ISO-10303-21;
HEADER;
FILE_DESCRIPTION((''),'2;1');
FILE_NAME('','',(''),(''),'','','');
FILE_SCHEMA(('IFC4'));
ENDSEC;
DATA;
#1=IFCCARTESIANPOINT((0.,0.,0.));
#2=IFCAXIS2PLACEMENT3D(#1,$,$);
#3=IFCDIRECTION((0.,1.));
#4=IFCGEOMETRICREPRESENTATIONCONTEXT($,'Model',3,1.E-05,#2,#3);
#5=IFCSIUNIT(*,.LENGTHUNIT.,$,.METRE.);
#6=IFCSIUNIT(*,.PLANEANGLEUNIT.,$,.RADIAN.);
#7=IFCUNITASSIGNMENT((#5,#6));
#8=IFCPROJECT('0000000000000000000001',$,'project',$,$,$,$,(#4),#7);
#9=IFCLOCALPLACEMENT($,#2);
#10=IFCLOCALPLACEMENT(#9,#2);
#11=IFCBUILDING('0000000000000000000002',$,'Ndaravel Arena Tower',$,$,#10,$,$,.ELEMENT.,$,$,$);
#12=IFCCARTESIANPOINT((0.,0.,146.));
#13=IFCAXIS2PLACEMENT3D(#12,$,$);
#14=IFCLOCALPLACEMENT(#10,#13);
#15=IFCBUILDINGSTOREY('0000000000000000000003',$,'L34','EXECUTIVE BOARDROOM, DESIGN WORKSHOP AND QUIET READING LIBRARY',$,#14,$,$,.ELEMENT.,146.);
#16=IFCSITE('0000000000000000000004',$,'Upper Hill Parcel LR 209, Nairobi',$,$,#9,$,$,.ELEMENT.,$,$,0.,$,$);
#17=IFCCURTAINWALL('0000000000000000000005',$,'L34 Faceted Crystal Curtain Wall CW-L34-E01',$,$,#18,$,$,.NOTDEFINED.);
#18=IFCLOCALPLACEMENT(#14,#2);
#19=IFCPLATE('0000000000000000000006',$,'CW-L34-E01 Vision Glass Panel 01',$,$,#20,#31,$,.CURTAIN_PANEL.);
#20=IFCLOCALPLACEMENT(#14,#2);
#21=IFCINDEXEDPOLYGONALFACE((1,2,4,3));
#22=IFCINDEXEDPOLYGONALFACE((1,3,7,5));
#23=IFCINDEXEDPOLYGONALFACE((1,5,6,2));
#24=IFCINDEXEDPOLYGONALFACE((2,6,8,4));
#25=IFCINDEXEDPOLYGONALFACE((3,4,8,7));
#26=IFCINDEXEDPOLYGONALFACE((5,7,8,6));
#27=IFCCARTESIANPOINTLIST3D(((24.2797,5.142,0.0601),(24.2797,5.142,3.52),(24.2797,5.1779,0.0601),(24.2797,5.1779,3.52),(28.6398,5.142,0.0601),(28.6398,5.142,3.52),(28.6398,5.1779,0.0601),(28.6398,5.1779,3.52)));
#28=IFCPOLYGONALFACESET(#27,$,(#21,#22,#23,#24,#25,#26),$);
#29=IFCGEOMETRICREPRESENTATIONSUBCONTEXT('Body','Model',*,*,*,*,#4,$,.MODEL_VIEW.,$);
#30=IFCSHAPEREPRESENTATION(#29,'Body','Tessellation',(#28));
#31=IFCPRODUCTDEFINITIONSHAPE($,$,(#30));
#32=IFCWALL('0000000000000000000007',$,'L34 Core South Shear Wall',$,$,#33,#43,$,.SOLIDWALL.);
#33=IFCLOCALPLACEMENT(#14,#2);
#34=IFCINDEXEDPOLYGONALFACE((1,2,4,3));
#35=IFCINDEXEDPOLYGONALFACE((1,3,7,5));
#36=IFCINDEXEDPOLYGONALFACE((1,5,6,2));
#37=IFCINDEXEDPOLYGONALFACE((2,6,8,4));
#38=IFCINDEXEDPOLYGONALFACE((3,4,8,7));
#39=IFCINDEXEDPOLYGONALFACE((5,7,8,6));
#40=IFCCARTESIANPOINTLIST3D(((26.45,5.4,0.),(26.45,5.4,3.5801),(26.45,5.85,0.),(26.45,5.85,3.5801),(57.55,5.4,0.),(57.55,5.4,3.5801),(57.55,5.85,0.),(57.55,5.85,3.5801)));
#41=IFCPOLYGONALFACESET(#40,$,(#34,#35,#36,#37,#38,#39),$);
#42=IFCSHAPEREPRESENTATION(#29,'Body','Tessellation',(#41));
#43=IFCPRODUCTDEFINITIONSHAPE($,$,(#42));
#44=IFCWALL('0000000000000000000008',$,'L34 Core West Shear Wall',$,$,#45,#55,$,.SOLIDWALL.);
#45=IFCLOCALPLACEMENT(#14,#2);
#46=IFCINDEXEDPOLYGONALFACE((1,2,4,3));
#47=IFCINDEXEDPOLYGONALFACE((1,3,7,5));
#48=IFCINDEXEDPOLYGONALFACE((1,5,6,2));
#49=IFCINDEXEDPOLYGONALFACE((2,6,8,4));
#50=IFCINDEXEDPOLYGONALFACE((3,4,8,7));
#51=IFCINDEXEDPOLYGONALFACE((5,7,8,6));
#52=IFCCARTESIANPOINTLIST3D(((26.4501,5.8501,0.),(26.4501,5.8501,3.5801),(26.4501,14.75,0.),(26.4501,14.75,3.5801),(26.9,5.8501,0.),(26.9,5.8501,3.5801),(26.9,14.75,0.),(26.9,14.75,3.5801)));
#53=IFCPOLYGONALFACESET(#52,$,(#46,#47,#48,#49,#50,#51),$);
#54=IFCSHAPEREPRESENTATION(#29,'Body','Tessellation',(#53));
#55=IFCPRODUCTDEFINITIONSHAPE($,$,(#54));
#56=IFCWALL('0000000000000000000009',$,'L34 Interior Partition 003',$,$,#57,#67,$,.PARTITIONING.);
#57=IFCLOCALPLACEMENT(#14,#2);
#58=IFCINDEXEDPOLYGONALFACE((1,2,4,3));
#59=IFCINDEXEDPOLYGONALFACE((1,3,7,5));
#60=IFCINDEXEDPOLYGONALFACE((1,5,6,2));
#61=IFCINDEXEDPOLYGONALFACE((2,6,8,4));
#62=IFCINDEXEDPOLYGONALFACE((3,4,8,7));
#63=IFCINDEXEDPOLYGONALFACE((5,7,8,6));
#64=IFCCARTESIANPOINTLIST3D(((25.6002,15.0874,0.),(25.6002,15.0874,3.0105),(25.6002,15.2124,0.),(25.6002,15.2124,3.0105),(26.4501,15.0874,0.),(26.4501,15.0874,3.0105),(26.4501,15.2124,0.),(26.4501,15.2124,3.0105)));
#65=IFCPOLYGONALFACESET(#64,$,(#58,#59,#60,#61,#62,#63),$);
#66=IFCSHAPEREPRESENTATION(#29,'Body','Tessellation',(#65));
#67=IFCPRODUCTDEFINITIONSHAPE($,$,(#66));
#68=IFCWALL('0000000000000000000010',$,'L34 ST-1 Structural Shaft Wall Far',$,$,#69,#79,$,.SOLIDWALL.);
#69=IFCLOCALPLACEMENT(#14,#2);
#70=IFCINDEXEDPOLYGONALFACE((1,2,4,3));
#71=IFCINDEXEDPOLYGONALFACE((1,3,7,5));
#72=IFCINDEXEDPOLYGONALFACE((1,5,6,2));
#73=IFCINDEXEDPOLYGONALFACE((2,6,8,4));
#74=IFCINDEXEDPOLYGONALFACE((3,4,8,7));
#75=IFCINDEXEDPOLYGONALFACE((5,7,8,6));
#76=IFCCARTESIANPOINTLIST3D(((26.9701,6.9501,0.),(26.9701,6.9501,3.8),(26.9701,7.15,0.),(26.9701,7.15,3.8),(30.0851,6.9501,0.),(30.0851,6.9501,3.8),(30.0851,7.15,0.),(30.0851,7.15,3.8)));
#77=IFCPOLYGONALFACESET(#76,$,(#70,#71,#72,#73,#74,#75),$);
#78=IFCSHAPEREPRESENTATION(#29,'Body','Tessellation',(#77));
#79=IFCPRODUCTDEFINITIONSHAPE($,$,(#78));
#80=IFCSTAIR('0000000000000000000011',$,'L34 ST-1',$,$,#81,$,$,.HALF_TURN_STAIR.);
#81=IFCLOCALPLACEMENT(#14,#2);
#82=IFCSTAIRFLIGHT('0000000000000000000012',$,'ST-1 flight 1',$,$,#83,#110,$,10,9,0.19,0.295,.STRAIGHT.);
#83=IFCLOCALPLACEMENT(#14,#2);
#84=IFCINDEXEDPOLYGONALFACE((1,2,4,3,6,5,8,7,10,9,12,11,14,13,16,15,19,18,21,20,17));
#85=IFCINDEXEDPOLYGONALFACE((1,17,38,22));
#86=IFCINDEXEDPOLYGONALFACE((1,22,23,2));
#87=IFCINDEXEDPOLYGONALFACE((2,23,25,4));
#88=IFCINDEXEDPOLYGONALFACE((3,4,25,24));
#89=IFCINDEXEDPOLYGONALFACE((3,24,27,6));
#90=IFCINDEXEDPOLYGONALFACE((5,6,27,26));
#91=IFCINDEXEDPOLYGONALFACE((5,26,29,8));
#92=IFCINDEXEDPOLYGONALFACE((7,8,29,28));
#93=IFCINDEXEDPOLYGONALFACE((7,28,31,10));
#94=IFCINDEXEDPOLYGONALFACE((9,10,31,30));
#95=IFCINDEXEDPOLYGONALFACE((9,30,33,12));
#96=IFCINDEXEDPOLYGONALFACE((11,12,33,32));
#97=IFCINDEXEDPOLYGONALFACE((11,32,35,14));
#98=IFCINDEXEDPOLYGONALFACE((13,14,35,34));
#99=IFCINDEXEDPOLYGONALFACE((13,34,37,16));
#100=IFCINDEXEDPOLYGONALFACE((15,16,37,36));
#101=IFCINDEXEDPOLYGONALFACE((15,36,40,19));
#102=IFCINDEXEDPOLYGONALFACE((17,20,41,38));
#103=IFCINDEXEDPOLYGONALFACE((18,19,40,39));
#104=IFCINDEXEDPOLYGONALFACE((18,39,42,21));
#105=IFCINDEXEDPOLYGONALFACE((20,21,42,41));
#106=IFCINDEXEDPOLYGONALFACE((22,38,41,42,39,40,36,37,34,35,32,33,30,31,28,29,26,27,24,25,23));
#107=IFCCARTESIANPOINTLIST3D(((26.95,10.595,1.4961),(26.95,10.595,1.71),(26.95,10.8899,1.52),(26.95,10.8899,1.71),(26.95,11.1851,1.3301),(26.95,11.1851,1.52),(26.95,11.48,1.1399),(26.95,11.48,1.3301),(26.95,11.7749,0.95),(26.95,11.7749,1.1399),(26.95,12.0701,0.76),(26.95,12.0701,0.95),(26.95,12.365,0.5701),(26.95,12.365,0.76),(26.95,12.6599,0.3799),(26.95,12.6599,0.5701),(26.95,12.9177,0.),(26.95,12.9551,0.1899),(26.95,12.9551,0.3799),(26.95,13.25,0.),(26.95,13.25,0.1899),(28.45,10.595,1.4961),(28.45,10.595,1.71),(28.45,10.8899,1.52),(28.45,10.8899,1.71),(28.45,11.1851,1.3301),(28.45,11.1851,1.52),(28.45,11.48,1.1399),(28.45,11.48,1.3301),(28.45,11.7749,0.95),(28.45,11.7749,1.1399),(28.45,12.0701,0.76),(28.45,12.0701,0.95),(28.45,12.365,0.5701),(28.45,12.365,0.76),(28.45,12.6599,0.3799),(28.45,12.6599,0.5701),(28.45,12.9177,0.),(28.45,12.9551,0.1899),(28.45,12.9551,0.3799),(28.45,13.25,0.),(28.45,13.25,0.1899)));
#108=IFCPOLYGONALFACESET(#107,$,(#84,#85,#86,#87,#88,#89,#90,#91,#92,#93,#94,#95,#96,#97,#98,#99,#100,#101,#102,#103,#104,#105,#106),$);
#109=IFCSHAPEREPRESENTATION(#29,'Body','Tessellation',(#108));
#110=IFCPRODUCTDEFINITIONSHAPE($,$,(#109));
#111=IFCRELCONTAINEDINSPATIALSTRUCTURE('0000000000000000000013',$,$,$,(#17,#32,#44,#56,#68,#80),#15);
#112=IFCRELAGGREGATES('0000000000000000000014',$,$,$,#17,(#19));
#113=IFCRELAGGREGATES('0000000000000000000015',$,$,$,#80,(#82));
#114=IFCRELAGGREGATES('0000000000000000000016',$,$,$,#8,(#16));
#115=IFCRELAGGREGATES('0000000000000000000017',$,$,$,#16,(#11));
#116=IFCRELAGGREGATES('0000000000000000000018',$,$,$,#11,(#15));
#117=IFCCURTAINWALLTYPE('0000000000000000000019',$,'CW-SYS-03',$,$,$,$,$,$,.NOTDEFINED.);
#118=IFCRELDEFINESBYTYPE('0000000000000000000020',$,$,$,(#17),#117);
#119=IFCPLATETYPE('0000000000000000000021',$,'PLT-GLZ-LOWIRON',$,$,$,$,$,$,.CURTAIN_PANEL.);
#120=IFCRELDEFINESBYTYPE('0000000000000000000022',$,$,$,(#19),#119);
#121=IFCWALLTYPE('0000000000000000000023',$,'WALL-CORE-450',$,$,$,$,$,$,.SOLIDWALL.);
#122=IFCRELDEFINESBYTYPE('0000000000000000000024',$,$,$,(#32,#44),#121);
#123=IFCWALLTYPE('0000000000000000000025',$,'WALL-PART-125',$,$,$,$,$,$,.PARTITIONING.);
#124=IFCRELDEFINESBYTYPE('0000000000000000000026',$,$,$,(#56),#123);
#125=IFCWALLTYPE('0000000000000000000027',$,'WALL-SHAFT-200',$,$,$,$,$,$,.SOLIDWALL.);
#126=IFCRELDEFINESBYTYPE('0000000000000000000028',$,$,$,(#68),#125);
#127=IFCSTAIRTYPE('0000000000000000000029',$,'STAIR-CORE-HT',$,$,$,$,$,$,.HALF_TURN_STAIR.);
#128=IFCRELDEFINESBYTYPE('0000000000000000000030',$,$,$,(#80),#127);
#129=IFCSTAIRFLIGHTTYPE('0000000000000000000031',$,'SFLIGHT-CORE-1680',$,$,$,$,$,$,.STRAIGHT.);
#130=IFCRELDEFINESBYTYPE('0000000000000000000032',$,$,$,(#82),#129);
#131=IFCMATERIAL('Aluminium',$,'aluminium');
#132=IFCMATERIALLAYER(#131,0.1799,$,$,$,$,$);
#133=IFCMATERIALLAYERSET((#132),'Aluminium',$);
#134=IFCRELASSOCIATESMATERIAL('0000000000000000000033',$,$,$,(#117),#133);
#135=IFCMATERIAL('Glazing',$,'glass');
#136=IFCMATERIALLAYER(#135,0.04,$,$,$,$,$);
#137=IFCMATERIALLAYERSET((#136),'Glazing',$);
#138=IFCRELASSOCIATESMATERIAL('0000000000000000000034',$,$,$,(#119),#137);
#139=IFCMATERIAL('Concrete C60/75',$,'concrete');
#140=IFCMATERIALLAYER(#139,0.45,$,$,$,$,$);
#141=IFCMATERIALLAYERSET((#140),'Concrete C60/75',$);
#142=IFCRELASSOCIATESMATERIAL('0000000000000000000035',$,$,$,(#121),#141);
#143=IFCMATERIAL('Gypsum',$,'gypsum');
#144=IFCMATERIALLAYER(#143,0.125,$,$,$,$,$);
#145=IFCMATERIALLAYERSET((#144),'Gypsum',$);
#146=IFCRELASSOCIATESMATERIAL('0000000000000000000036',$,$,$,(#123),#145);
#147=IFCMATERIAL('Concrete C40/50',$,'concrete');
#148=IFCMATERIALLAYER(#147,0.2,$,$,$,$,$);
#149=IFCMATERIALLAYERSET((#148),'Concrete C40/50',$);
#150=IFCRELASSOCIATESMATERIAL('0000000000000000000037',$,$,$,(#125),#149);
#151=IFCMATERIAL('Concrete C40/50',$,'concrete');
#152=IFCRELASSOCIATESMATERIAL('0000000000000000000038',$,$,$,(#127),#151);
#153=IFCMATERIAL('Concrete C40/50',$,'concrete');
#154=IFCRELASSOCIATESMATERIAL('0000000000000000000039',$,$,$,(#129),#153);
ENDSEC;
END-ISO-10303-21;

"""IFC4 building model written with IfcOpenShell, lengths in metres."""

from ifc_helpers import new_model, si_unit, direction, frame, frame_2d, origin, origin_2d, place, context, subcontext, project, spatial, polyline, rectangle, outline, extrude, material, layer, layer_set, type_object, element, aggregate, save


model = new_model("IFC4")

# Units and contexts
model_context = context("Model", 3, precision=1e-05, world=origin(), true_north=direction((0.0, 1.0)))
body_context = subcontext(model_context, "Body", "Model", "MODEL_VIEW")
ifc_project = project(units=[si_unit("LENGTHUNIT", "METRE"), si_unit("PLANEANGLEUNIT", "RADIAN")], contexts=[model_context])

# Site, building, storey
site_placement = place(None, origin())
site = spatial("IfcSite", under=ifc_project, at=site_placement, Name="Upper Hill Parcel LR 209, Nairobi", CompositionType="ELEMENT", RefElevation=0.0)
building_placement = place(site_placement, origin())
building = spatial("IfcBuilding", under=site, at=building_placement, Name="Ndaravel Arena Tower", CompositionType="ELEMENT")
storey_placement = place(building_placement, frame((0.0, 0.0, 146.0)))
storey = spatial("IfcBuildingStorey", under=building, at=storey_placement, Name="L34", Description="EXECUTIVE BOARDROOM, DESIGN WORKSHOP AND QUIET READING LIBRARY", CompositionType="ELEMENT", Elevation=146.0)

# Curtain wall
ifc_material_1 = material(Name="Aluminium", Category="aluminium")
ifc_layer_1 = layer(ifc_material_1, 0.1799)
ifc_layer_set_1 = layer_set([ifc_layer_1], Name="Aluminium")
curtain_wall_type_1 = type_object("IfcCurtainWallType", Name="CW-SYS-03", PredefinedType="NOTDEFINED", material=ifc_layer_set_1)
curtain_wall_1_placement = place(storey_placement, origin())
curtain_wall_1 = element("IfcCurtainWall", 1, at=curtain_wall_1_placement, inside=storey, type_object=curtain_wall_type_1, Name="L34 Faceted Crystal Curtain Wall CW-L34-E01", PredefinedType="NOTDEFINED")

# Plate
ifc_material_2 = material(Name="Glazing", Category="glass")
ifc_layer_2 = layer(ifc_material_2, 0.04)
ifc_layer_set_2 = layer_set([ifc_layer_2], Name="Glazing")
plate_type_1 = type_object("IfcPlateType", Name="PLT-GLZ-LOWIRON", PredefinedType="CURTAIN_PANEL", material=ifc_layer_set_2)
plate_1_placement = place(storey_placement, frame((26.4597, 5.1599, 0.0601), z_axis=(0.0, 0.0, 1.0), x_axis=(1.0, 0.0, 0.0)))
plate_1 = element("IfcPlate", 2, at=plate_1_placement, type_object=plate_type_1, Name="CW-L34-E01 Vision Glass Panel 01", PredefinedType="CURTAIN_PANEL", context=body_context, shape_type="SweptSolid", body=[
    extrude(rectangle(XDim=4.3601, YDim=0.0359, at=origin_2d()), origin(), (0.0, 0.0, 1.0), 3.46),
])
aggregate(curtain_wall_1, [plate_1])

# Shared definitions
ifc_material_3 = material(Name="Concrete C60/75", Category="concrete")
ifc_layer_3 = layer(ifc_material_3, 0.45)
ifc_layer_set_3 = layer_set([ifc_layer_3], Name="Concrete C60/75")
wall_type_1 = type_object("IfcWallType", Name="WALL-CORE-450", PredefinedType="SOLIDWALL", material=ifc_layer_set_3)

# Walls
wall_1_placement = place(storey_placement, frame((26.45, 5.625, 0.0), z_axis=(0.0, 0.0, 1.0), x_axis=(1.0, 0.0, 0.0)))
element("IfcWall", 3, at=wall_1_placement, inside=storey, type_object=wall_type_1, Name="L34 Core South Shear Wall", PredefinedType="SOLIDWALL", context=body_context, shape_type="SweptSolid", body=[
    extrude(rectangle(XDim=31.1001, YDim=0.45, at=frame_2d((15.55, 0.0))), origin(), (0.0, 0.0, 1.0), 3.5801),
])
wall_2_placement = place(storey_placement, frame((26.675, 5.8501, 0.0), z_axis=(0.0, 0.0, 1.0), x_axis=(0.0, 1.0, 0.0)))
element("IfcWall", 4, at=wall_2_placement, inside=storey, type_object=wall_type_1, Name="L34 Core West Shear Wall", PredefinedType="SOLIDWALL", context=body_context, shape_type="SweptSolid", body=[
    extrude(rectangle(XDim=8.8999, YDim=0.45, at=frame_2d((4.45, 0.0))), origin(), (0.0, 0.0, 1.0), 3.5801),
])
ifc_material_4 = material(Name="Gypsum", Category="gypsum")
ifc_layer_4 = layer(ifc_material_4, 0.125)
ifc_layer_set_4 = layer_set([ifc_layer_4], Name="Gypsum")
wall_type_2 = type_object("IfcWallType", Name="WALL-PART-125", PredefinedType="PARTITIONING", material=ifc_layer_set_4)
wall_3_placement = place(storey_placement, frame((26.45, 15.1499, 0.0), z_axis=(0.0, 0.0, 1.0), x_axis=(-1.0, 0.0, 0.0)))
element("IfcWall", 5, at=wall_3_placement, inside=storey, type_object=wall_type_2, Name="L34 Interior Partition 003", PredefinedType="PARTITIONING", context=body_context, shape_type="SweptSolid", body=[
    extrude(rectangle(XDim=0.8499, YDim=0.125, at=frame_2d((0.4248, 0.0))), origin(), (0.0, 0.0, 1.0), 3.0105),
])
ifc_material_5 = material(Name="Concrete C40/50", Category="concrete")
ifc_layer_5 = layer(ifc_material_5, 0.2)
ifc_layer_set_5 = layer_set([ifc_layer_5], Name="Concrete C40/50")
wall_type_3 = type_object("IfcWallType", Name="WALL-SHAFT-200", PredefinedType="SOLIDWALL", material=ifc_layer_set_5)
wall_4_placement = place(storey_placement, frame((26.97, 7.05, 0.0), z_axis=(0.0, 0.0, 1.0), x_axis=(1.0, 0.0, 0.0)))
element("IfcWall", 6, at=wall_4_placement, inside=storey, type_object=wall_type_3, Name="L34 ST-1 Structural Shaft Wall Far", PredefinedType="SOLIDWALL", context=body_context, shape_type="SweptSolid", body=[
    extrude(rectangle(XDim=3.115, YDim=0.2, at=frame_2d((1.5576, 0.0))), origin(), (0.0, 0.0, 1.0), 3.8),
])

# Stair, stair flight
ifc_material_6 = material(Name="Concrete C40/50", Category="concrete")
stair_type = type_object("IfcStairType", Name="STAIR-CORE-HT", PredefinedType="HALF_TURN_STAIR", material=ifc_material_6)
stair_placement = place(storey_placement, origin())
stair = element("IfcStair", 7, at=stair_placement, inside=storey, type_object=stair_type, Name="L34 ST-1", PredefinedType="HALF_TURN_STAIR")
ifc_material_7 = material(Name="Concrete C40/50", Category="concrete")
stair_flight_type = type_object("IfcStairFlightType", Name="SFLIGHT-CORE-1680", PredefinedType="STRAIGHT", material=ifc_material_7)
stair_flight_placement = place(storey_placement, frame((27.7, 13.25, 0.0), z_axis=(0.0, 0.0, 1.0), x_axis=(0.0, -1.0, 0.0)))
stair_flight = element("IfcStairFlight", 8, at=stair_flight_placement, type_object=stair_flight_type, Name="ST-1 flight 1", NumberOfRisers=10, NumberOfTreads=9, PredefinedType="STRAIGHT", RiserHeight=0.19, TreadLength=0.295, context=body_context, shape_type="SweptSolid", body=[
    extrude(outline(polyline([(0.0, 0.0), (0.0, 0.1899), (0.2949, 0.1899), (0.2949, 0.3799), (0.5901, 0.3799), (0.5901, 0.5701), (0.885, 0.5701), (0.885, 0.76), (1.1799, 0.76), (1.1799, 0.95), (1.4751, 0.95), (1.4751, 1.1399), (1.77, 1.1399), (1.77, 1.3301), (2.0649, 1.3301), (2.0649, 1.52), (2.3601, 1.52), (2.3601, 1.71), (2.655, 1.71), (2.655, 1.8999), (2.655, 1.4961), (0.3323, 0.0), (0.0, 0.0)])), frame((0.0, 0.75, 0.0), z_axis=(0.0, -1.0, 0.0), x_axis=(1.0, 0.0, 0.0)), (0.0, 0.0, 1.0), 1.5),
])
aggregate(stair, [stair_flight])

save(model, "model.ifc")
